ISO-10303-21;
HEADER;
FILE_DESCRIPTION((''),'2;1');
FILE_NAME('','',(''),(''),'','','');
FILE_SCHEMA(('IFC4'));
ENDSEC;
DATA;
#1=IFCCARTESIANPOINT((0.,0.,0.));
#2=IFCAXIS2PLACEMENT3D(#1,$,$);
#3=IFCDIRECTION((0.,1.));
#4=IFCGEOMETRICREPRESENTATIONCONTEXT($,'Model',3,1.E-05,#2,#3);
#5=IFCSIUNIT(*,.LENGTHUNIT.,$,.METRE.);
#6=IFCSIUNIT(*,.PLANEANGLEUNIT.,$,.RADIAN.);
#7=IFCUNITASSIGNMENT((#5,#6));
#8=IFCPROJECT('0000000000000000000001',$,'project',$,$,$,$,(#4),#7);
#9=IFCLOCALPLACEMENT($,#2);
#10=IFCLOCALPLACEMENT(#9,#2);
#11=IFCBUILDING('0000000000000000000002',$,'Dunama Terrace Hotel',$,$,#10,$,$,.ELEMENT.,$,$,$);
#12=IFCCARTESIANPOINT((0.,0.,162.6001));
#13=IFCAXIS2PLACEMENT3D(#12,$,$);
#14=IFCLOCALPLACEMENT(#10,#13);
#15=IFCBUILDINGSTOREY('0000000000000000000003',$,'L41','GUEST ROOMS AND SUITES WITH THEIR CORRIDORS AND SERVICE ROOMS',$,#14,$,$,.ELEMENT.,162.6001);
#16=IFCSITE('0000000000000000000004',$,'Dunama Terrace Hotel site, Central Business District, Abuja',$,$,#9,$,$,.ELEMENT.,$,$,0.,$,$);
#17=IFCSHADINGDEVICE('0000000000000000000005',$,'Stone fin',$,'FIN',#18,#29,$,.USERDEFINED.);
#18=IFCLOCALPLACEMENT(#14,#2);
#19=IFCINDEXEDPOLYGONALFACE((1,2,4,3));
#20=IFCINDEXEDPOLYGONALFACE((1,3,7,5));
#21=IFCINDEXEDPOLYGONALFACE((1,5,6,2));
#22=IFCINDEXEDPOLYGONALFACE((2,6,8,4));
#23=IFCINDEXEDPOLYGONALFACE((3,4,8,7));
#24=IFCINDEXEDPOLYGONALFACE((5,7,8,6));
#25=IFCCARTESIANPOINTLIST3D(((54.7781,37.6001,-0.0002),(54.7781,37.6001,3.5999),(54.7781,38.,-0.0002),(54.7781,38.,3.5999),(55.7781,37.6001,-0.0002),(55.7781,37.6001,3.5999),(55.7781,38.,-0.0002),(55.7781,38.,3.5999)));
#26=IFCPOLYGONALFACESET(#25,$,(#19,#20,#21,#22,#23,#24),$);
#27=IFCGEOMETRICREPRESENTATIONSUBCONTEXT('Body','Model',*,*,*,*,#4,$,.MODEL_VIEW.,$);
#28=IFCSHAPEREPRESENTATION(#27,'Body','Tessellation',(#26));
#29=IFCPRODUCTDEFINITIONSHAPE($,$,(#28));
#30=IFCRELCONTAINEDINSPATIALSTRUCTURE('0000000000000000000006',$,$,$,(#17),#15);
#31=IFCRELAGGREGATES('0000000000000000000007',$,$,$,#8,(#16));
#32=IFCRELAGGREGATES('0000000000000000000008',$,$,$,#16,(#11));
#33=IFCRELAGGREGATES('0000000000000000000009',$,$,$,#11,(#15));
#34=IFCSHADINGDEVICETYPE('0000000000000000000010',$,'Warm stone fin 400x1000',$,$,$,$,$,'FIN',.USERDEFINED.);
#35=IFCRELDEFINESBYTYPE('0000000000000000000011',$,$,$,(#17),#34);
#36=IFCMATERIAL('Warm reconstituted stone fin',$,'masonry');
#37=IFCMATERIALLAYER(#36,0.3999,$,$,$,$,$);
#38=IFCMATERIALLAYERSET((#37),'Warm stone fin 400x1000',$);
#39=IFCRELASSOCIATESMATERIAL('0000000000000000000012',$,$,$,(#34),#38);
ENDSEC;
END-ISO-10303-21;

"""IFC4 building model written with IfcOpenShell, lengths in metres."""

from ifc_helpers import new_model, si_unit, direction, frame, origin, origin_2d, place, context, subcontext, project, spatial, rectangle, extrude, material, layer, layer_set, type_object, element, save


model = new_model("IFC4")

# Units and contexts
model_context = context("Model", 3, precision=1e-05, world=origin(), true_north=direction((0.0, 1.0)))
body_context = subcontext(model_context, "Body", "Model", "MODEL_VIEW")
ifc_project = project(units=[si_unit("LENGTHUNIT", "METRE"), si_unit("PLANEANGLEUNIT", "RADIAN")], contexts=[model_context])

# Site, building, storey
site_placement = place(None, origin())
site = spatial("IfcSite", under=ifc_project, at=site_placement, Name="Dunama Terrace Hotel site, Central Business District, Abuja", CompositionType="ELEMENT", RefElevation=0.0)
building_placement = place(site_placement, origin())
building = spatial("IfcBuilding", under=site, at=building_placement, Name="Dunama Terrace Hotel", CompositionType="ELEMENT")
storey_placement = place(building_placement, frame((0.0, 0.0, 162.6001)))
storey = spatial("IfcBuildingStorey", under=building, at=storey_placement, Name="L41", Description="GUEST ROOMS AND SUITES WITH THEIR CORRIDORS AND SERVICE ROOMS", CompositionType="ELEMENT", Elevation=162.6001)

# Shading device
ifc_material_1 = material(Name="Warm reconstituted stone fin", Category="masonry")
ifc_layer_1 = layer(ifc_material_1, 0.3999)
ifc_layer_set_1 = layer_set([ifc_layer_1], Name="Warm stone fin 400x1000")
shading_device_type = type_object("IfcShadingDeviceType", Name="Warm stone fin 400x1000", ElementType="FIN", PredefinedType="USERDEFINED", material=ifc_layer_set_1)
shading_device_placement = place(storey_placement, frame((55.2781, 37.8, -0.0002), z_axis=(0.0, 0.0, 1.0), x_axis=(0.0, 1.0, 0.0)))
element("IfcShadingDevice", 1, at=shading_device_placement, inside=storey, type_object=shading_device_type, Name="Stone fin", ObjectType="FIN", PredefinedType="USERDEFINED", context=body_context, shape_type="SweptSolid", body=[
    extrude(rectangle(XDim=0.3999, YDim=1.0, at=origin_2d()), origin(), (0.0, 0.0, 1.0), 3.6001),
])

save(model, "model.ifc")
